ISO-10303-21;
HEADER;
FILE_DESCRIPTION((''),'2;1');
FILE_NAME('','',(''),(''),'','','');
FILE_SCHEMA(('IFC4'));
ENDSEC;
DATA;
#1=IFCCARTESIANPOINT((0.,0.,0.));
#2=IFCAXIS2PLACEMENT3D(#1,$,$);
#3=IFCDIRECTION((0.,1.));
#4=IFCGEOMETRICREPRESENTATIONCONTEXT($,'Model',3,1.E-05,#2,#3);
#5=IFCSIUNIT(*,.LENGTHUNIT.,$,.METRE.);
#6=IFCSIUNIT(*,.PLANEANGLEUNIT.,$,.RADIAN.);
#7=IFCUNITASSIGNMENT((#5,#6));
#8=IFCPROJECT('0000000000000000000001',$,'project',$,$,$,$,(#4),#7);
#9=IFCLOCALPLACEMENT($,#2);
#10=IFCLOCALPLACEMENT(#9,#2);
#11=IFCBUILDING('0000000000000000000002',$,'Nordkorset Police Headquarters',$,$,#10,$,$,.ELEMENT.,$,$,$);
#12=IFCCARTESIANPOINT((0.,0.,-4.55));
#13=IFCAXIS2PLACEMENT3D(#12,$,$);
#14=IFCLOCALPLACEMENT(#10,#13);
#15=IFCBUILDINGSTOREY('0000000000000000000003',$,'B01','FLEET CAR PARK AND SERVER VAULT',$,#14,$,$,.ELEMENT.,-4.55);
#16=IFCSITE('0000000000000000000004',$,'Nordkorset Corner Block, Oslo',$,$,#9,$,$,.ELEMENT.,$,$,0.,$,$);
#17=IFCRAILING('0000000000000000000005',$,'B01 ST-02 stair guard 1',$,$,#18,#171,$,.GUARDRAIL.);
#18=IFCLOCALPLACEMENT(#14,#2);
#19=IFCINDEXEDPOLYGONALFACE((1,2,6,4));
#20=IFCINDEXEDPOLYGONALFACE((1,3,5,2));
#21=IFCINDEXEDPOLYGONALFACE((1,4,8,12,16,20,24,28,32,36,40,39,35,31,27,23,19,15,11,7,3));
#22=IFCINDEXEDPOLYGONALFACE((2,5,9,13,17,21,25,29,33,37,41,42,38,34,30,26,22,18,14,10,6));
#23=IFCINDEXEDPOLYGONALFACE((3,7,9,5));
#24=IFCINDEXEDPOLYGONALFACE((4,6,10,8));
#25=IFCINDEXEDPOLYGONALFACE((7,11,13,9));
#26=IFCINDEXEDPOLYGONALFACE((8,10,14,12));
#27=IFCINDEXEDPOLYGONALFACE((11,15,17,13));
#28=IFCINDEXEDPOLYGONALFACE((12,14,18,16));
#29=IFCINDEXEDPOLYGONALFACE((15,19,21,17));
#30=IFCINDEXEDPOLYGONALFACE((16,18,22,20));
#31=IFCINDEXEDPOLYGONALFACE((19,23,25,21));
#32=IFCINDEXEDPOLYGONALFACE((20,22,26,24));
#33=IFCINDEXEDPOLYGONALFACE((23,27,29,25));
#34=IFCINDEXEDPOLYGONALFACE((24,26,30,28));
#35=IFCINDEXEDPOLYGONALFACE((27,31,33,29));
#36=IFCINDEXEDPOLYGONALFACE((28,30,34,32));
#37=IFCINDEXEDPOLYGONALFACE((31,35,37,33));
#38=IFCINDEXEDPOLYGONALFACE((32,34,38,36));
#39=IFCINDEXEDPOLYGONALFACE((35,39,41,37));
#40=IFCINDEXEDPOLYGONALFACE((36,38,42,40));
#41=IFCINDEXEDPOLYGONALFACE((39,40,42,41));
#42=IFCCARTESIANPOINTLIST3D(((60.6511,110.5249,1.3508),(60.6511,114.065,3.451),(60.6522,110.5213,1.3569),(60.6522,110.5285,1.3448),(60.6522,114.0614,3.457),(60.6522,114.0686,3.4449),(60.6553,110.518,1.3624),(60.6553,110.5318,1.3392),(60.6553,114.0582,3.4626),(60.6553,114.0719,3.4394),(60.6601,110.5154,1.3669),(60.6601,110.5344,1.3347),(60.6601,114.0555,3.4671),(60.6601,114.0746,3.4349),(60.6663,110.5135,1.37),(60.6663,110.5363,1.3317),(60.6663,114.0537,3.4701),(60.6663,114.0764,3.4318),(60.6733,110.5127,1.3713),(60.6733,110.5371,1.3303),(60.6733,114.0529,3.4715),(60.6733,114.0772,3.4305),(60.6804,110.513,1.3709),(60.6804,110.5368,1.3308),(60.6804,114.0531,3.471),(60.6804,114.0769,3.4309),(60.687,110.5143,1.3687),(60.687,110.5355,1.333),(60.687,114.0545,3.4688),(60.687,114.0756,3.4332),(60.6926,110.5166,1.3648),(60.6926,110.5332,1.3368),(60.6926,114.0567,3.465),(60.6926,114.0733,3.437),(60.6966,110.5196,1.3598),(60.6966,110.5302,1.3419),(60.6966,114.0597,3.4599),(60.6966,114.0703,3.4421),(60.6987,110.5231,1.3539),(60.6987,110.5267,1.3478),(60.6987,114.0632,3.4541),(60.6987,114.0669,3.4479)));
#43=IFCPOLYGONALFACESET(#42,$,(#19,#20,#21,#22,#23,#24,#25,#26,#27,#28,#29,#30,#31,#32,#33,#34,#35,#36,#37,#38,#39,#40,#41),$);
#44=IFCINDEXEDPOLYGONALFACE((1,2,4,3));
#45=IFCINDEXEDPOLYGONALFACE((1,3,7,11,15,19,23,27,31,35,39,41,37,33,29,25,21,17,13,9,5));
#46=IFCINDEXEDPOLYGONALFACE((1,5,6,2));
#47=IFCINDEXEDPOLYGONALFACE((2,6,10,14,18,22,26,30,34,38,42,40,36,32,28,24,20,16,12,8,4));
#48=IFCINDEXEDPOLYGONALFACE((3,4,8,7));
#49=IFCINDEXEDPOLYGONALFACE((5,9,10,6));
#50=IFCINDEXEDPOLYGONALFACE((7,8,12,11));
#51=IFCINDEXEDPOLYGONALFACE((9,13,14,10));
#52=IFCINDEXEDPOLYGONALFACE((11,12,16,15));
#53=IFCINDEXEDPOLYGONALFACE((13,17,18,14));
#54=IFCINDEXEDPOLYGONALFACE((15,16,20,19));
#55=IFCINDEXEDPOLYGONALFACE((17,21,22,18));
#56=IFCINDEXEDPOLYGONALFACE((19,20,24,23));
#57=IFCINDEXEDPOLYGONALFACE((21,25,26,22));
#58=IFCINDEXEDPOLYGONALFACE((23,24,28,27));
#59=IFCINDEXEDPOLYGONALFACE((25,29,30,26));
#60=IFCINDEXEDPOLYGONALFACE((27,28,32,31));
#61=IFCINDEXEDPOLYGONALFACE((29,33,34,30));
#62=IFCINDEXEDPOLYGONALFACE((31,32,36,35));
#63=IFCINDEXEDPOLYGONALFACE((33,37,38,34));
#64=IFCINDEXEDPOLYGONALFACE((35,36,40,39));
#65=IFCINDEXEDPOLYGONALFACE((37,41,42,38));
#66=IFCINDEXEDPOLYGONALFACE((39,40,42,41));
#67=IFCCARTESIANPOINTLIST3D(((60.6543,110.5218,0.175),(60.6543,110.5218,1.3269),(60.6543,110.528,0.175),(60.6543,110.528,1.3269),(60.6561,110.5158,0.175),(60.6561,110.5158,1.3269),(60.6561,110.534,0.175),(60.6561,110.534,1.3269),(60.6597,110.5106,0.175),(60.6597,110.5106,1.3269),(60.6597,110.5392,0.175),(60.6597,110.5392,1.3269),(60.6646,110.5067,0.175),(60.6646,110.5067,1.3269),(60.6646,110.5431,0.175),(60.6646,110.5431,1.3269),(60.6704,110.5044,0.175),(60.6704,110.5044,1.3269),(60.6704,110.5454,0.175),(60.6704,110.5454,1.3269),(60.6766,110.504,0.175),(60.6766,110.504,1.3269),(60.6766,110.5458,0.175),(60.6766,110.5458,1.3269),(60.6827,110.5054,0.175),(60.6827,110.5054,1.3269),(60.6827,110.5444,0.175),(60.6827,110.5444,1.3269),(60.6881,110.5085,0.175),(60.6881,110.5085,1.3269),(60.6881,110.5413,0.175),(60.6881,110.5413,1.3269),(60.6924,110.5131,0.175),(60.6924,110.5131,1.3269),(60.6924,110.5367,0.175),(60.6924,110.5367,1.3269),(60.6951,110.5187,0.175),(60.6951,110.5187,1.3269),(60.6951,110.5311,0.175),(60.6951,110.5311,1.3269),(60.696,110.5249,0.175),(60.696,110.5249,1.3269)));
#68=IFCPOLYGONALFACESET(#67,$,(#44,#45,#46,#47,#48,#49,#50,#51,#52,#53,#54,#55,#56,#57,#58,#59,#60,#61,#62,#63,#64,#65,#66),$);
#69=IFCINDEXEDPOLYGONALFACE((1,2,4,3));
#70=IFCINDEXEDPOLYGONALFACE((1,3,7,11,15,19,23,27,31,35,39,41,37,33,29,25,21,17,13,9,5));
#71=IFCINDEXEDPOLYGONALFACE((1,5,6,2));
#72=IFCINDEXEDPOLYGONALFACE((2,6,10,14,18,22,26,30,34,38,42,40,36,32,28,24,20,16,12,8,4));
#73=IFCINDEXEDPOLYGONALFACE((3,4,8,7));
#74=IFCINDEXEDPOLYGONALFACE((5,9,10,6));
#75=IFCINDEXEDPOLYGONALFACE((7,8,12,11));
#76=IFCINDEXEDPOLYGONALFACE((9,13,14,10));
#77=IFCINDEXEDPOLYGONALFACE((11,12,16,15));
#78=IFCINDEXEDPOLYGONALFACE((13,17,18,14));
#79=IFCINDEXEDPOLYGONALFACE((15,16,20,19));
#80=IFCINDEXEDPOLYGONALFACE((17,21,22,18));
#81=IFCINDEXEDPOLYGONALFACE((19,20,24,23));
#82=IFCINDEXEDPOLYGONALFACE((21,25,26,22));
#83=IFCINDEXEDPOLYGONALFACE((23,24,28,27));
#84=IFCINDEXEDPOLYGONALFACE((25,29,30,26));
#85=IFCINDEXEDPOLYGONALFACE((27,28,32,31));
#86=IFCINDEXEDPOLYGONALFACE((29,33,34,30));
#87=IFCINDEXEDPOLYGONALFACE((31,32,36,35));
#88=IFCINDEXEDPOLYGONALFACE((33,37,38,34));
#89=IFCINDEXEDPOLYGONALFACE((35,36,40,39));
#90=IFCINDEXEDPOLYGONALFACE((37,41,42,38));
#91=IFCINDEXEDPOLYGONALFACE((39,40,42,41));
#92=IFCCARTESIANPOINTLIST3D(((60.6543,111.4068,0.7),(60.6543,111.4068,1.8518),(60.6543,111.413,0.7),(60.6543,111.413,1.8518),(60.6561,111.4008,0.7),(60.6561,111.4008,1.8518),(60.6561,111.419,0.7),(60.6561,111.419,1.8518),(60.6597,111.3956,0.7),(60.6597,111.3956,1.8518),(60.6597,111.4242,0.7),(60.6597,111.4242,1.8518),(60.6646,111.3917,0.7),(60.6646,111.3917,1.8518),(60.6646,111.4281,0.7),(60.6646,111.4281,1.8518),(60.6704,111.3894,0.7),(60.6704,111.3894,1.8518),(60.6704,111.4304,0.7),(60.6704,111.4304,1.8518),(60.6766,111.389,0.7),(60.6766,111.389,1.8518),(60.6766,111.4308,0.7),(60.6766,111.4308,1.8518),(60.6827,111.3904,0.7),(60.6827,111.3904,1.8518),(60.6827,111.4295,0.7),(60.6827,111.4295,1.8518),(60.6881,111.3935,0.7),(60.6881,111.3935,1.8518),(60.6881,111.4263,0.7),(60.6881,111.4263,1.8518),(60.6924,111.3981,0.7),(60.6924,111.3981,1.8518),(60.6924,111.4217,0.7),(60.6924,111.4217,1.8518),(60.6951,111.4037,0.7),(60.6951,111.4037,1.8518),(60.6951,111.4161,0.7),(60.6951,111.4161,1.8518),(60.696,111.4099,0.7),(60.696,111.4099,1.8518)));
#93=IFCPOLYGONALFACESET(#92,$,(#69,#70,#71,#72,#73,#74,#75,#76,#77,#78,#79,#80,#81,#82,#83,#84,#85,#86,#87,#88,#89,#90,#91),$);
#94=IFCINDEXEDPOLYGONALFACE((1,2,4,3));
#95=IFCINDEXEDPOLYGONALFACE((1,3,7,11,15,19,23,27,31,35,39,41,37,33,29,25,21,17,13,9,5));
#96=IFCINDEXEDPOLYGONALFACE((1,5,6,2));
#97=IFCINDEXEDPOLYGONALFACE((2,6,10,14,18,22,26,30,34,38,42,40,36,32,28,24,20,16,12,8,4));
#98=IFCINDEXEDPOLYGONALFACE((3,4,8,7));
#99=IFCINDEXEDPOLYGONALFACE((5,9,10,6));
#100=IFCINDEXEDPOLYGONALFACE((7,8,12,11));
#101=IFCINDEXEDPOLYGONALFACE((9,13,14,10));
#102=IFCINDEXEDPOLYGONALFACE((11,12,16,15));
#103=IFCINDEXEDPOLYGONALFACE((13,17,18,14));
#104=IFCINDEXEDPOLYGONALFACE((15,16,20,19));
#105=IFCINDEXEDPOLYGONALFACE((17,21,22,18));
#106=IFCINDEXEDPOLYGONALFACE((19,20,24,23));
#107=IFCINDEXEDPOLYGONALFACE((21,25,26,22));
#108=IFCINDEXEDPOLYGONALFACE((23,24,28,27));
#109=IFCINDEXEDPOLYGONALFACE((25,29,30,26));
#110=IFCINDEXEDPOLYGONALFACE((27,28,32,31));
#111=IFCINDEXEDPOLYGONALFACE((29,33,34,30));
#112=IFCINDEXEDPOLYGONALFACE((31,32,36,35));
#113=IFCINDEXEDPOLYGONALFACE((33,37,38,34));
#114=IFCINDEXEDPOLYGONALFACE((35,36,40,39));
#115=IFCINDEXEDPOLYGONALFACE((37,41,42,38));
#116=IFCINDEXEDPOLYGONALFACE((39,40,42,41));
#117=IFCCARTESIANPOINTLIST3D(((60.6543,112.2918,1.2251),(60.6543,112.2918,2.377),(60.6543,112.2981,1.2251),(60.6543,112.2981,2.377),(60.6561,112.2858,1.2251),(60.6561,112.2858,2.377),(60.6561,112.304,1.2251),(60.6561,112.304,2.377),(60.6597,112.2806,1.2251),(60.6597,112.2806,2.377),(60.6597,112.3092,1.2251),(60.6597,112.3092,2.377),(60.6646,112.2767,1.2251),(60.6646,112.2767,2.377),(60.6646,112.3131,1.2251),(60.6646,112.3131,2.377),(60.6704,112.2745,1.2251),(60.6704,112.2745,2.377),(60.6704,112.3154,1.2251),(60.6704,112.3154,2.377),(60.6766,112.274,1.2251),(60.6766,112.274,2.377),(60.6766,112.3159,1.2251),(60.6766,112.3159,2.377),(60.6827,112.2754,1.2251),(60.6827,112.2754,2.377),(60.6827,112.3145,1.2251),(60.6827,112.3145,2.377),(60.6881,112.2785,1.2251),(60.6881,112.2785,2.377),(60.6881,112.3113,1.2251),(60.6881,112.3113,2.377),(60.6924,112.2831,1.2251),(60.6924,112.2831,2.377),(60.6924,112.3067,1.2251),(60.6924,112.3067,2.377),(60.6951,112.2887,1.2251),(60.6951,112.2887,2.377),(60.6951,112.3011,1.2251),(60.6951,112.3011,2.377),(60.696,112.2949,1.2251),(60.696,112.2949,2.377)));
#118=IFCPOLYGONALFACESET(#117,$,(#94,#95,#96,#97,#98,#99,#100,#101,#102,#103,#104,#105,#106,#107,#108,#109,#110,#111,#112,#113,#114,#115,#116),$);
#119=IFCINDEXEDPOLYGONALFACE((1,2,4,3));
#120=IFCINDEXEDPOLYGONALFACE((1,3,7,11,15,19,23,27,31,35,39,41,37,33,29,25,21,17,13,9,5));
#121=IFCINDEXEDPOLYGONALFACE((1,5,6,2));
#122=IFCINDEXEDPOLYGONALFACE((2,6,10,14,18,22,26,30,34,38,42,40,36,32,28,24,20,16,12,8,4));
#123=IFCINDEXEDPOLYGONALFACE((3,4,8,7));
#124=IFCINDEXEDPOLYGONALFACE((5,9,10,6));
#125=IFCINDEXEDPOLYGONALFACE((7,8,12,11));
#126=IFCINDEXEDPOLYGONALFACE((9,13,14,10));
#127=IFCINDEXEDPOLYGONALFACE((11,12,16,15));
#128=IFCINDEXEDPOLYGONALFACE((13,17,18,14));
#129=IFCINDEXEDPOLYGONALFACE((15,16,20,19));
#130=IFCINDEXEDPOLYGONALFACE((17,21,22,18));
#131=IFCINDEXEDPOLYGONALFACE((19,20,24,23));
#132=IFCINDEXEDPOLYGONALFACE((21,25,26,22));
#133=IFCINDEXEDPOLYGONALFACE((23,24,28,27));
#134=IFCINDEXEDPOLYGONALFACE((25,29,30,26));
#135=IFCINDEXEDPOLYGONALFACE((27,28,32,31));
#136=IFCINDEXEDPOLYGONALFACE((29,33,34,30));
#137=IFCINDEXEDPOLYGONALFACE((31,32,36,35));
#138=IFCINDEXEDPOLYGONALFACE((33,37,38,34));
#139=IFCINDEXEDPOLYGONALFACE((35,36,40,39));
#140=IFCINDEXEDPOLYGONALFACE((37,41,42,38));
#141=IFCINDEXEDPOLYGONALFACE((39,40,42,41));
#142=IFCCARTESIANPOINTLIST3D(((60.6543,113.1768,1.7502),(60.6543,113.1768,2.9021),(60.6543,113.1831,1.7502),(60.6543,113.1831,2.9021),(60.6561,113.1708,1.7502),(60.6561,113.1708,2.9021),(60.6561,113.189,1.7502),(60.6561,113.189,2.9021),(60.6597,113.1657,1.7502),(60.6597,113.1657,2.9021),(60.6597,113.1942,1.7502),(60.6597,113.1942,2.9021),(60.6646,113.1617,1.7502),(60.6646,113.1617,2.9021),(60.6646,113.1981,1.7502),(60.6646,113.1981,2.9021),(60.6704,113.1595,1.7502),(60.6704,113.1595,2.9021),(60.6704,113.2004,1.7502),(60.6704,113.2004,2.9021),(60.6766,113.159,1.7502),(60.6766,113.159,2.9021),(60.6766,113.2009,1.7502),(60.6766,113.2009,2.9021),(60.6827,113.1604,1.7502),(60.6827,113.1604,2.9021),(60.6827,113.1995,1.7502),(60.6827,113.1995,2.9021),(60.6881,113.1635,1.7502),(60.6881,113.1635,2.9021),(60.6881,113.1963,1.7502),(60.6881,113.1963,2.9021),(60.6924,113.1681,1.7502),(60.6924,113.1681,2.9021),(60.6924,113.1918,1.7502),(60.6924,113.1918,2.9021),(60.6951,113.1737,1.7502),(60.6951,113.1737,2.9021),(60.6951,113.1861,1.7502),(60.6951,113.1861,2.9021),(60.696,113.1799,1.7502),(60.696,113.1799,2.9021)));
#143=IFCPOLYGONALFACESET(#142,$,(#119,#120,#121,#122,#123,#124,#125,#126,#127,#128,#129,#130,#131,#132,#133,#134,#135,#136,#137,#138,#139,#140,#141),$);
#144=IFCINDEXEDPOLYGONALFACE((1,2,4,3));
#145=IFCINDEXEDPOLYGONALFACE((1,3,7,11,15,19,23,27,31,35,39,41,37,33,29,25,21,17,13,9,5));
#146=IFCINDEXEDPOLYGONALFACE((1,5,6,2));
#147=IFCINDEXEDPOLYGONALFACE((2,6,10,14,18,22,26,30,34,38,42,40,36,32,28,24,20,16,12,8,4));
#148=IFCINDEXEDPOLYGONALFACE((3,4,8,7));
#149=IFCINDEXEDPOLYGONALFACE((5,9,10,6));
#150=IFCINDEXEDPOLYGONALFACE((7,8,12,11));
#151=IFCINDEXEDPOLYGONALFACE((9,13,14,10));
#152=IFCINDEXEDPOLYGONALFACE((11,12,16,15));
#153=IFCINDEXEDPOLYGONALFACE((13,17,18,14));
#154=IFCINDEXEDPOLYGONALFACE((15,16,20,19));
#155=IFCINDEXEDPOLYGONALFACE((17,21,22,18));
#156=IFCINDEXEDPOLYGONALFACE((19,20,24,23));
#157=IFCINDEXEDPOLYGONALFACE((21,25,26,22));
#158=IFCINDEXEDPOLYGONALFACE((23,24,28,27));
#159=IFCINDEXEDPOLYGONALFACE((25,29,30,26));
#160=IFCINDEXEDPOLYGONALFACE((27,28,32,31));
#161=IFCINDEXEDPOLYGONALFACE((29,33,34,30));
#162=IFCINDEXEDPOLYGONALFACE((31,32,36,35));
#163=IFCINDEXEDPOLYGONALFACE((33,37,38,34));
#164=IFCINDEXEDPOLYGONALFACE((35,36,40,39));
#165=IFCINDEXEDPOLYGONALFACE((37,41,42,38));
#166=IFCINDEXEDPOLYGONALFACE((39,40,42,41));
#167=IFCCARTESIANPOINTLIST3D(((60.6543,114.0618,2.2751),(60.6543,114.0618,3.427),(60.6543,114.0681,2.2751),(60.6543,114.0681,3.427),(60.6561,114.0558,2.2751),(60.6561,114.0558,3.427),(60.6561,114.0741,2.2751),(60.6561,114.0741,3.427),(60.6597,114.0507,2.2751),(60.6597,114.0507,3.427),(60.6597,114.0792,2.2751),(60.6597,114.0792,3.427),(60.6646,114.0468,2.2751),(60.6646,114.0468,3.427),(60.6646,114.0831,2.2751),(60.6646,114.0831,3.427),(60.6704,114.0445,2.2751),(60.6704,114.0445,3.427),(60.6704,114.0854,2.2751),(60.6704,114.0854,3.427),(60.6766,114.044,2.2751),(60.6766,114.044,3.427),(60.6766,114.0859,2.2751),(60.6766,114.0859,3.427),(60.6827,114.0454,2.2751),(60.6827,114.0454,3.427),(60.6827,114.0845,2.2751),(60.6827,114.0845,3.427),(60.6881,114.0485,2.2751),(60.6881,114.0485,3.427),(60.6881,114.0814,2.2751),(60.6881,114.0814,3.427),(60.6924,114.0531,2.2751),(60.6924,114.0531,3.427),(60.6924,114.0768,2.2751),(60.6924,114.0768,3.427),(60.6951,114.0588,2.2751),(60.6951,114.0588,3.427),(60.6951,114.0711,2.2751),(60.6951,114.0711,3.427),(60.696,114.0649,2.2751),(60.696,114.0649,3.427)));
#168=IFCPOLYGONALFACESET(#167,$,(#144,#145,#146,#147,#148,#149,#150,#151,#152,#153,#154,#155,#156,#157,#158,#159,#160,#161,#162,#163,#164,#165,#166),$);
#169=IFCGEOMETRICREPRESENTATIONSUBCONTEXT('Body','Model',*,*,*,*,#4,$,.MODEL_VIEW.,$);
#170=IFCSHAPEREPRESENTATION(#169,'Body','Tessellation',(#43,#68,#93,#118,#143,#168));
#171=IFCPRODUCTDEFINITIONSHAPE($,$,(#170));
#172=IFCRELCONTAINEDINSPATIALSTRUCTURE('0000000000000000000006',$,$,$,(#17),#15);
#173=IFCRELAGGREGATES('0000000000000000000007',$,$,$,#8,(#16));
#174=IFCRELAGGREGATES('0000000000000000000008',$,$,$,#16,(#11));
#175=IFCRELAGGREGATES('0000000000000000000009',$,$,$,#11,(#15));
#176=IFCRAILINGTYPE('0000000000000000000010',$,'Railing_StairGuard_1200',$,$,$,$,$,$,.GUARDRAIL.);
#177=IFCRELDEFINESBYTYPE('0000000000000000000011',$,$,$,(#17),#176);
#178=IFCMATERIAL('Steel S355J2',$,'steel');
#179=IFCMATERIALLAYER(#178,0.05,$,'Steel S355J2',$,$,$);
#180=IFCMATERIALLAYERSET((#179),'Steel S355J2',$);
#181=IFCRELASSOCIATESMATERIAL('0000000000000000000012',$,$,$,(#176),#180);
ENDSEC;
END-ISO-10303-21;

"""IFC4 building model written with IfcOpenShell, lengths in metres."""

from ifc_helpers import new_model, si_unit, direction, frame, origin, origin_2d, place, context, subcontext, project, spatial, circle, extrude, material, layer, layer_set, type_object, element, save


model = new_model("IFC4")

# Units and contexts
model_context = context("Model", 3, precision=1e-05, world=origin(), true_north=direction((0.0, 1.0)))
body_context = subcontext(model_context, "Body", "Model", "MODEL_VIEW")
ifc_project = project(units=[si_unit("LENGTHUNIT", "METRE"), si_unit("PLANEANGLEUNIT", "RADIAN")], contexts=[model_context])

# Site, building, storey
site_placement = place(None, origin())
site = spatial("IfcSite", under=ifc_project, at=site_placement, Name="Nordkorset Corner Block, Oslo", CompositionType="ELEMENT", RefElevation=0.0)
building_placement = place(site_placement, origin())
building = spatial("IfcBuilding", under=site, at=building_placement, Name="Nordkorset Police Headquarters", CompositionType="ELEMENT")
storey_placement = place(building_placement, frame((0.0, 0.0, -4.55)))
storey = spatial("IfcBuildingStorey", under=building, at=storey_placement, Name="B01", Description="FLEET CAR PARK AND SERVER VAULT", CompositionType="ELEMENT", Elevation=-4.55)

# Railing
ifc_material_1 = material(Name="Steel S355J2", Category="steel")
ifc_layer_1 = layer(ifc_material_1, 0.05, Name="Steel S355J2")
ifc_layer_set_1 = layer_set([ifc_layer_1], Name="Steel S355J2")
railing_type_1 = type_object("IfcRailingType", Name="Railing_StairGuard_1200", PredefinedType="GUARDRAIL", material=ifc_layer_set_1)
railing_1_placement = place(storey_placement, frame((60.675, 110.5249, 0.175)))
element("IfcRailing", 1, at=railing_1_placement, inside=storey, type_object=railing_type_1, Name="B01 ST-02 stair guard 1", PredefinedType="GUARDRAIL", context=body_context, shape_type="SweptSolid", body=[
    extrude(circle(Radius=0.0239, at=origin_2d()), frame((0.0, 0.0, 1.1758), z_axis=(0.0, 0.860047, 0.510215), x_axis=(-1.0, 0.0, 0.0)), (0.0, 0.0, 1.0), 4.1162),
    extrude(circle(Radius=0.021, at=origin_2d()), origin(), (0.0, 0.0, 1.0), 1.1519),
    extrude(circle(Radius=0.021, at=origin_2d()), frame((0.0, 0.885, 0.5249)), (0.0, 0.0, 1.0), 1.1519),
    extrude(circle(Radius=0.021, at=origin_2d()), frame((0.0, 1.77, 1.05)), (0.0, 0.0, 1.0), 1.1519),
    extrude(circle(Radius=0.021, at=origin_2d()), frame((0.0, 2.655, 1.5752)), (0.0, 0.0, 1.0), 1.1519),
    extrude(circle(Radius=0.021, at=origin_2d()), frame((0.0, 3.54, 2.1001)), (0.0, 0.0, 1.0), 1.1519),
])

save(model, "model.ifc")
